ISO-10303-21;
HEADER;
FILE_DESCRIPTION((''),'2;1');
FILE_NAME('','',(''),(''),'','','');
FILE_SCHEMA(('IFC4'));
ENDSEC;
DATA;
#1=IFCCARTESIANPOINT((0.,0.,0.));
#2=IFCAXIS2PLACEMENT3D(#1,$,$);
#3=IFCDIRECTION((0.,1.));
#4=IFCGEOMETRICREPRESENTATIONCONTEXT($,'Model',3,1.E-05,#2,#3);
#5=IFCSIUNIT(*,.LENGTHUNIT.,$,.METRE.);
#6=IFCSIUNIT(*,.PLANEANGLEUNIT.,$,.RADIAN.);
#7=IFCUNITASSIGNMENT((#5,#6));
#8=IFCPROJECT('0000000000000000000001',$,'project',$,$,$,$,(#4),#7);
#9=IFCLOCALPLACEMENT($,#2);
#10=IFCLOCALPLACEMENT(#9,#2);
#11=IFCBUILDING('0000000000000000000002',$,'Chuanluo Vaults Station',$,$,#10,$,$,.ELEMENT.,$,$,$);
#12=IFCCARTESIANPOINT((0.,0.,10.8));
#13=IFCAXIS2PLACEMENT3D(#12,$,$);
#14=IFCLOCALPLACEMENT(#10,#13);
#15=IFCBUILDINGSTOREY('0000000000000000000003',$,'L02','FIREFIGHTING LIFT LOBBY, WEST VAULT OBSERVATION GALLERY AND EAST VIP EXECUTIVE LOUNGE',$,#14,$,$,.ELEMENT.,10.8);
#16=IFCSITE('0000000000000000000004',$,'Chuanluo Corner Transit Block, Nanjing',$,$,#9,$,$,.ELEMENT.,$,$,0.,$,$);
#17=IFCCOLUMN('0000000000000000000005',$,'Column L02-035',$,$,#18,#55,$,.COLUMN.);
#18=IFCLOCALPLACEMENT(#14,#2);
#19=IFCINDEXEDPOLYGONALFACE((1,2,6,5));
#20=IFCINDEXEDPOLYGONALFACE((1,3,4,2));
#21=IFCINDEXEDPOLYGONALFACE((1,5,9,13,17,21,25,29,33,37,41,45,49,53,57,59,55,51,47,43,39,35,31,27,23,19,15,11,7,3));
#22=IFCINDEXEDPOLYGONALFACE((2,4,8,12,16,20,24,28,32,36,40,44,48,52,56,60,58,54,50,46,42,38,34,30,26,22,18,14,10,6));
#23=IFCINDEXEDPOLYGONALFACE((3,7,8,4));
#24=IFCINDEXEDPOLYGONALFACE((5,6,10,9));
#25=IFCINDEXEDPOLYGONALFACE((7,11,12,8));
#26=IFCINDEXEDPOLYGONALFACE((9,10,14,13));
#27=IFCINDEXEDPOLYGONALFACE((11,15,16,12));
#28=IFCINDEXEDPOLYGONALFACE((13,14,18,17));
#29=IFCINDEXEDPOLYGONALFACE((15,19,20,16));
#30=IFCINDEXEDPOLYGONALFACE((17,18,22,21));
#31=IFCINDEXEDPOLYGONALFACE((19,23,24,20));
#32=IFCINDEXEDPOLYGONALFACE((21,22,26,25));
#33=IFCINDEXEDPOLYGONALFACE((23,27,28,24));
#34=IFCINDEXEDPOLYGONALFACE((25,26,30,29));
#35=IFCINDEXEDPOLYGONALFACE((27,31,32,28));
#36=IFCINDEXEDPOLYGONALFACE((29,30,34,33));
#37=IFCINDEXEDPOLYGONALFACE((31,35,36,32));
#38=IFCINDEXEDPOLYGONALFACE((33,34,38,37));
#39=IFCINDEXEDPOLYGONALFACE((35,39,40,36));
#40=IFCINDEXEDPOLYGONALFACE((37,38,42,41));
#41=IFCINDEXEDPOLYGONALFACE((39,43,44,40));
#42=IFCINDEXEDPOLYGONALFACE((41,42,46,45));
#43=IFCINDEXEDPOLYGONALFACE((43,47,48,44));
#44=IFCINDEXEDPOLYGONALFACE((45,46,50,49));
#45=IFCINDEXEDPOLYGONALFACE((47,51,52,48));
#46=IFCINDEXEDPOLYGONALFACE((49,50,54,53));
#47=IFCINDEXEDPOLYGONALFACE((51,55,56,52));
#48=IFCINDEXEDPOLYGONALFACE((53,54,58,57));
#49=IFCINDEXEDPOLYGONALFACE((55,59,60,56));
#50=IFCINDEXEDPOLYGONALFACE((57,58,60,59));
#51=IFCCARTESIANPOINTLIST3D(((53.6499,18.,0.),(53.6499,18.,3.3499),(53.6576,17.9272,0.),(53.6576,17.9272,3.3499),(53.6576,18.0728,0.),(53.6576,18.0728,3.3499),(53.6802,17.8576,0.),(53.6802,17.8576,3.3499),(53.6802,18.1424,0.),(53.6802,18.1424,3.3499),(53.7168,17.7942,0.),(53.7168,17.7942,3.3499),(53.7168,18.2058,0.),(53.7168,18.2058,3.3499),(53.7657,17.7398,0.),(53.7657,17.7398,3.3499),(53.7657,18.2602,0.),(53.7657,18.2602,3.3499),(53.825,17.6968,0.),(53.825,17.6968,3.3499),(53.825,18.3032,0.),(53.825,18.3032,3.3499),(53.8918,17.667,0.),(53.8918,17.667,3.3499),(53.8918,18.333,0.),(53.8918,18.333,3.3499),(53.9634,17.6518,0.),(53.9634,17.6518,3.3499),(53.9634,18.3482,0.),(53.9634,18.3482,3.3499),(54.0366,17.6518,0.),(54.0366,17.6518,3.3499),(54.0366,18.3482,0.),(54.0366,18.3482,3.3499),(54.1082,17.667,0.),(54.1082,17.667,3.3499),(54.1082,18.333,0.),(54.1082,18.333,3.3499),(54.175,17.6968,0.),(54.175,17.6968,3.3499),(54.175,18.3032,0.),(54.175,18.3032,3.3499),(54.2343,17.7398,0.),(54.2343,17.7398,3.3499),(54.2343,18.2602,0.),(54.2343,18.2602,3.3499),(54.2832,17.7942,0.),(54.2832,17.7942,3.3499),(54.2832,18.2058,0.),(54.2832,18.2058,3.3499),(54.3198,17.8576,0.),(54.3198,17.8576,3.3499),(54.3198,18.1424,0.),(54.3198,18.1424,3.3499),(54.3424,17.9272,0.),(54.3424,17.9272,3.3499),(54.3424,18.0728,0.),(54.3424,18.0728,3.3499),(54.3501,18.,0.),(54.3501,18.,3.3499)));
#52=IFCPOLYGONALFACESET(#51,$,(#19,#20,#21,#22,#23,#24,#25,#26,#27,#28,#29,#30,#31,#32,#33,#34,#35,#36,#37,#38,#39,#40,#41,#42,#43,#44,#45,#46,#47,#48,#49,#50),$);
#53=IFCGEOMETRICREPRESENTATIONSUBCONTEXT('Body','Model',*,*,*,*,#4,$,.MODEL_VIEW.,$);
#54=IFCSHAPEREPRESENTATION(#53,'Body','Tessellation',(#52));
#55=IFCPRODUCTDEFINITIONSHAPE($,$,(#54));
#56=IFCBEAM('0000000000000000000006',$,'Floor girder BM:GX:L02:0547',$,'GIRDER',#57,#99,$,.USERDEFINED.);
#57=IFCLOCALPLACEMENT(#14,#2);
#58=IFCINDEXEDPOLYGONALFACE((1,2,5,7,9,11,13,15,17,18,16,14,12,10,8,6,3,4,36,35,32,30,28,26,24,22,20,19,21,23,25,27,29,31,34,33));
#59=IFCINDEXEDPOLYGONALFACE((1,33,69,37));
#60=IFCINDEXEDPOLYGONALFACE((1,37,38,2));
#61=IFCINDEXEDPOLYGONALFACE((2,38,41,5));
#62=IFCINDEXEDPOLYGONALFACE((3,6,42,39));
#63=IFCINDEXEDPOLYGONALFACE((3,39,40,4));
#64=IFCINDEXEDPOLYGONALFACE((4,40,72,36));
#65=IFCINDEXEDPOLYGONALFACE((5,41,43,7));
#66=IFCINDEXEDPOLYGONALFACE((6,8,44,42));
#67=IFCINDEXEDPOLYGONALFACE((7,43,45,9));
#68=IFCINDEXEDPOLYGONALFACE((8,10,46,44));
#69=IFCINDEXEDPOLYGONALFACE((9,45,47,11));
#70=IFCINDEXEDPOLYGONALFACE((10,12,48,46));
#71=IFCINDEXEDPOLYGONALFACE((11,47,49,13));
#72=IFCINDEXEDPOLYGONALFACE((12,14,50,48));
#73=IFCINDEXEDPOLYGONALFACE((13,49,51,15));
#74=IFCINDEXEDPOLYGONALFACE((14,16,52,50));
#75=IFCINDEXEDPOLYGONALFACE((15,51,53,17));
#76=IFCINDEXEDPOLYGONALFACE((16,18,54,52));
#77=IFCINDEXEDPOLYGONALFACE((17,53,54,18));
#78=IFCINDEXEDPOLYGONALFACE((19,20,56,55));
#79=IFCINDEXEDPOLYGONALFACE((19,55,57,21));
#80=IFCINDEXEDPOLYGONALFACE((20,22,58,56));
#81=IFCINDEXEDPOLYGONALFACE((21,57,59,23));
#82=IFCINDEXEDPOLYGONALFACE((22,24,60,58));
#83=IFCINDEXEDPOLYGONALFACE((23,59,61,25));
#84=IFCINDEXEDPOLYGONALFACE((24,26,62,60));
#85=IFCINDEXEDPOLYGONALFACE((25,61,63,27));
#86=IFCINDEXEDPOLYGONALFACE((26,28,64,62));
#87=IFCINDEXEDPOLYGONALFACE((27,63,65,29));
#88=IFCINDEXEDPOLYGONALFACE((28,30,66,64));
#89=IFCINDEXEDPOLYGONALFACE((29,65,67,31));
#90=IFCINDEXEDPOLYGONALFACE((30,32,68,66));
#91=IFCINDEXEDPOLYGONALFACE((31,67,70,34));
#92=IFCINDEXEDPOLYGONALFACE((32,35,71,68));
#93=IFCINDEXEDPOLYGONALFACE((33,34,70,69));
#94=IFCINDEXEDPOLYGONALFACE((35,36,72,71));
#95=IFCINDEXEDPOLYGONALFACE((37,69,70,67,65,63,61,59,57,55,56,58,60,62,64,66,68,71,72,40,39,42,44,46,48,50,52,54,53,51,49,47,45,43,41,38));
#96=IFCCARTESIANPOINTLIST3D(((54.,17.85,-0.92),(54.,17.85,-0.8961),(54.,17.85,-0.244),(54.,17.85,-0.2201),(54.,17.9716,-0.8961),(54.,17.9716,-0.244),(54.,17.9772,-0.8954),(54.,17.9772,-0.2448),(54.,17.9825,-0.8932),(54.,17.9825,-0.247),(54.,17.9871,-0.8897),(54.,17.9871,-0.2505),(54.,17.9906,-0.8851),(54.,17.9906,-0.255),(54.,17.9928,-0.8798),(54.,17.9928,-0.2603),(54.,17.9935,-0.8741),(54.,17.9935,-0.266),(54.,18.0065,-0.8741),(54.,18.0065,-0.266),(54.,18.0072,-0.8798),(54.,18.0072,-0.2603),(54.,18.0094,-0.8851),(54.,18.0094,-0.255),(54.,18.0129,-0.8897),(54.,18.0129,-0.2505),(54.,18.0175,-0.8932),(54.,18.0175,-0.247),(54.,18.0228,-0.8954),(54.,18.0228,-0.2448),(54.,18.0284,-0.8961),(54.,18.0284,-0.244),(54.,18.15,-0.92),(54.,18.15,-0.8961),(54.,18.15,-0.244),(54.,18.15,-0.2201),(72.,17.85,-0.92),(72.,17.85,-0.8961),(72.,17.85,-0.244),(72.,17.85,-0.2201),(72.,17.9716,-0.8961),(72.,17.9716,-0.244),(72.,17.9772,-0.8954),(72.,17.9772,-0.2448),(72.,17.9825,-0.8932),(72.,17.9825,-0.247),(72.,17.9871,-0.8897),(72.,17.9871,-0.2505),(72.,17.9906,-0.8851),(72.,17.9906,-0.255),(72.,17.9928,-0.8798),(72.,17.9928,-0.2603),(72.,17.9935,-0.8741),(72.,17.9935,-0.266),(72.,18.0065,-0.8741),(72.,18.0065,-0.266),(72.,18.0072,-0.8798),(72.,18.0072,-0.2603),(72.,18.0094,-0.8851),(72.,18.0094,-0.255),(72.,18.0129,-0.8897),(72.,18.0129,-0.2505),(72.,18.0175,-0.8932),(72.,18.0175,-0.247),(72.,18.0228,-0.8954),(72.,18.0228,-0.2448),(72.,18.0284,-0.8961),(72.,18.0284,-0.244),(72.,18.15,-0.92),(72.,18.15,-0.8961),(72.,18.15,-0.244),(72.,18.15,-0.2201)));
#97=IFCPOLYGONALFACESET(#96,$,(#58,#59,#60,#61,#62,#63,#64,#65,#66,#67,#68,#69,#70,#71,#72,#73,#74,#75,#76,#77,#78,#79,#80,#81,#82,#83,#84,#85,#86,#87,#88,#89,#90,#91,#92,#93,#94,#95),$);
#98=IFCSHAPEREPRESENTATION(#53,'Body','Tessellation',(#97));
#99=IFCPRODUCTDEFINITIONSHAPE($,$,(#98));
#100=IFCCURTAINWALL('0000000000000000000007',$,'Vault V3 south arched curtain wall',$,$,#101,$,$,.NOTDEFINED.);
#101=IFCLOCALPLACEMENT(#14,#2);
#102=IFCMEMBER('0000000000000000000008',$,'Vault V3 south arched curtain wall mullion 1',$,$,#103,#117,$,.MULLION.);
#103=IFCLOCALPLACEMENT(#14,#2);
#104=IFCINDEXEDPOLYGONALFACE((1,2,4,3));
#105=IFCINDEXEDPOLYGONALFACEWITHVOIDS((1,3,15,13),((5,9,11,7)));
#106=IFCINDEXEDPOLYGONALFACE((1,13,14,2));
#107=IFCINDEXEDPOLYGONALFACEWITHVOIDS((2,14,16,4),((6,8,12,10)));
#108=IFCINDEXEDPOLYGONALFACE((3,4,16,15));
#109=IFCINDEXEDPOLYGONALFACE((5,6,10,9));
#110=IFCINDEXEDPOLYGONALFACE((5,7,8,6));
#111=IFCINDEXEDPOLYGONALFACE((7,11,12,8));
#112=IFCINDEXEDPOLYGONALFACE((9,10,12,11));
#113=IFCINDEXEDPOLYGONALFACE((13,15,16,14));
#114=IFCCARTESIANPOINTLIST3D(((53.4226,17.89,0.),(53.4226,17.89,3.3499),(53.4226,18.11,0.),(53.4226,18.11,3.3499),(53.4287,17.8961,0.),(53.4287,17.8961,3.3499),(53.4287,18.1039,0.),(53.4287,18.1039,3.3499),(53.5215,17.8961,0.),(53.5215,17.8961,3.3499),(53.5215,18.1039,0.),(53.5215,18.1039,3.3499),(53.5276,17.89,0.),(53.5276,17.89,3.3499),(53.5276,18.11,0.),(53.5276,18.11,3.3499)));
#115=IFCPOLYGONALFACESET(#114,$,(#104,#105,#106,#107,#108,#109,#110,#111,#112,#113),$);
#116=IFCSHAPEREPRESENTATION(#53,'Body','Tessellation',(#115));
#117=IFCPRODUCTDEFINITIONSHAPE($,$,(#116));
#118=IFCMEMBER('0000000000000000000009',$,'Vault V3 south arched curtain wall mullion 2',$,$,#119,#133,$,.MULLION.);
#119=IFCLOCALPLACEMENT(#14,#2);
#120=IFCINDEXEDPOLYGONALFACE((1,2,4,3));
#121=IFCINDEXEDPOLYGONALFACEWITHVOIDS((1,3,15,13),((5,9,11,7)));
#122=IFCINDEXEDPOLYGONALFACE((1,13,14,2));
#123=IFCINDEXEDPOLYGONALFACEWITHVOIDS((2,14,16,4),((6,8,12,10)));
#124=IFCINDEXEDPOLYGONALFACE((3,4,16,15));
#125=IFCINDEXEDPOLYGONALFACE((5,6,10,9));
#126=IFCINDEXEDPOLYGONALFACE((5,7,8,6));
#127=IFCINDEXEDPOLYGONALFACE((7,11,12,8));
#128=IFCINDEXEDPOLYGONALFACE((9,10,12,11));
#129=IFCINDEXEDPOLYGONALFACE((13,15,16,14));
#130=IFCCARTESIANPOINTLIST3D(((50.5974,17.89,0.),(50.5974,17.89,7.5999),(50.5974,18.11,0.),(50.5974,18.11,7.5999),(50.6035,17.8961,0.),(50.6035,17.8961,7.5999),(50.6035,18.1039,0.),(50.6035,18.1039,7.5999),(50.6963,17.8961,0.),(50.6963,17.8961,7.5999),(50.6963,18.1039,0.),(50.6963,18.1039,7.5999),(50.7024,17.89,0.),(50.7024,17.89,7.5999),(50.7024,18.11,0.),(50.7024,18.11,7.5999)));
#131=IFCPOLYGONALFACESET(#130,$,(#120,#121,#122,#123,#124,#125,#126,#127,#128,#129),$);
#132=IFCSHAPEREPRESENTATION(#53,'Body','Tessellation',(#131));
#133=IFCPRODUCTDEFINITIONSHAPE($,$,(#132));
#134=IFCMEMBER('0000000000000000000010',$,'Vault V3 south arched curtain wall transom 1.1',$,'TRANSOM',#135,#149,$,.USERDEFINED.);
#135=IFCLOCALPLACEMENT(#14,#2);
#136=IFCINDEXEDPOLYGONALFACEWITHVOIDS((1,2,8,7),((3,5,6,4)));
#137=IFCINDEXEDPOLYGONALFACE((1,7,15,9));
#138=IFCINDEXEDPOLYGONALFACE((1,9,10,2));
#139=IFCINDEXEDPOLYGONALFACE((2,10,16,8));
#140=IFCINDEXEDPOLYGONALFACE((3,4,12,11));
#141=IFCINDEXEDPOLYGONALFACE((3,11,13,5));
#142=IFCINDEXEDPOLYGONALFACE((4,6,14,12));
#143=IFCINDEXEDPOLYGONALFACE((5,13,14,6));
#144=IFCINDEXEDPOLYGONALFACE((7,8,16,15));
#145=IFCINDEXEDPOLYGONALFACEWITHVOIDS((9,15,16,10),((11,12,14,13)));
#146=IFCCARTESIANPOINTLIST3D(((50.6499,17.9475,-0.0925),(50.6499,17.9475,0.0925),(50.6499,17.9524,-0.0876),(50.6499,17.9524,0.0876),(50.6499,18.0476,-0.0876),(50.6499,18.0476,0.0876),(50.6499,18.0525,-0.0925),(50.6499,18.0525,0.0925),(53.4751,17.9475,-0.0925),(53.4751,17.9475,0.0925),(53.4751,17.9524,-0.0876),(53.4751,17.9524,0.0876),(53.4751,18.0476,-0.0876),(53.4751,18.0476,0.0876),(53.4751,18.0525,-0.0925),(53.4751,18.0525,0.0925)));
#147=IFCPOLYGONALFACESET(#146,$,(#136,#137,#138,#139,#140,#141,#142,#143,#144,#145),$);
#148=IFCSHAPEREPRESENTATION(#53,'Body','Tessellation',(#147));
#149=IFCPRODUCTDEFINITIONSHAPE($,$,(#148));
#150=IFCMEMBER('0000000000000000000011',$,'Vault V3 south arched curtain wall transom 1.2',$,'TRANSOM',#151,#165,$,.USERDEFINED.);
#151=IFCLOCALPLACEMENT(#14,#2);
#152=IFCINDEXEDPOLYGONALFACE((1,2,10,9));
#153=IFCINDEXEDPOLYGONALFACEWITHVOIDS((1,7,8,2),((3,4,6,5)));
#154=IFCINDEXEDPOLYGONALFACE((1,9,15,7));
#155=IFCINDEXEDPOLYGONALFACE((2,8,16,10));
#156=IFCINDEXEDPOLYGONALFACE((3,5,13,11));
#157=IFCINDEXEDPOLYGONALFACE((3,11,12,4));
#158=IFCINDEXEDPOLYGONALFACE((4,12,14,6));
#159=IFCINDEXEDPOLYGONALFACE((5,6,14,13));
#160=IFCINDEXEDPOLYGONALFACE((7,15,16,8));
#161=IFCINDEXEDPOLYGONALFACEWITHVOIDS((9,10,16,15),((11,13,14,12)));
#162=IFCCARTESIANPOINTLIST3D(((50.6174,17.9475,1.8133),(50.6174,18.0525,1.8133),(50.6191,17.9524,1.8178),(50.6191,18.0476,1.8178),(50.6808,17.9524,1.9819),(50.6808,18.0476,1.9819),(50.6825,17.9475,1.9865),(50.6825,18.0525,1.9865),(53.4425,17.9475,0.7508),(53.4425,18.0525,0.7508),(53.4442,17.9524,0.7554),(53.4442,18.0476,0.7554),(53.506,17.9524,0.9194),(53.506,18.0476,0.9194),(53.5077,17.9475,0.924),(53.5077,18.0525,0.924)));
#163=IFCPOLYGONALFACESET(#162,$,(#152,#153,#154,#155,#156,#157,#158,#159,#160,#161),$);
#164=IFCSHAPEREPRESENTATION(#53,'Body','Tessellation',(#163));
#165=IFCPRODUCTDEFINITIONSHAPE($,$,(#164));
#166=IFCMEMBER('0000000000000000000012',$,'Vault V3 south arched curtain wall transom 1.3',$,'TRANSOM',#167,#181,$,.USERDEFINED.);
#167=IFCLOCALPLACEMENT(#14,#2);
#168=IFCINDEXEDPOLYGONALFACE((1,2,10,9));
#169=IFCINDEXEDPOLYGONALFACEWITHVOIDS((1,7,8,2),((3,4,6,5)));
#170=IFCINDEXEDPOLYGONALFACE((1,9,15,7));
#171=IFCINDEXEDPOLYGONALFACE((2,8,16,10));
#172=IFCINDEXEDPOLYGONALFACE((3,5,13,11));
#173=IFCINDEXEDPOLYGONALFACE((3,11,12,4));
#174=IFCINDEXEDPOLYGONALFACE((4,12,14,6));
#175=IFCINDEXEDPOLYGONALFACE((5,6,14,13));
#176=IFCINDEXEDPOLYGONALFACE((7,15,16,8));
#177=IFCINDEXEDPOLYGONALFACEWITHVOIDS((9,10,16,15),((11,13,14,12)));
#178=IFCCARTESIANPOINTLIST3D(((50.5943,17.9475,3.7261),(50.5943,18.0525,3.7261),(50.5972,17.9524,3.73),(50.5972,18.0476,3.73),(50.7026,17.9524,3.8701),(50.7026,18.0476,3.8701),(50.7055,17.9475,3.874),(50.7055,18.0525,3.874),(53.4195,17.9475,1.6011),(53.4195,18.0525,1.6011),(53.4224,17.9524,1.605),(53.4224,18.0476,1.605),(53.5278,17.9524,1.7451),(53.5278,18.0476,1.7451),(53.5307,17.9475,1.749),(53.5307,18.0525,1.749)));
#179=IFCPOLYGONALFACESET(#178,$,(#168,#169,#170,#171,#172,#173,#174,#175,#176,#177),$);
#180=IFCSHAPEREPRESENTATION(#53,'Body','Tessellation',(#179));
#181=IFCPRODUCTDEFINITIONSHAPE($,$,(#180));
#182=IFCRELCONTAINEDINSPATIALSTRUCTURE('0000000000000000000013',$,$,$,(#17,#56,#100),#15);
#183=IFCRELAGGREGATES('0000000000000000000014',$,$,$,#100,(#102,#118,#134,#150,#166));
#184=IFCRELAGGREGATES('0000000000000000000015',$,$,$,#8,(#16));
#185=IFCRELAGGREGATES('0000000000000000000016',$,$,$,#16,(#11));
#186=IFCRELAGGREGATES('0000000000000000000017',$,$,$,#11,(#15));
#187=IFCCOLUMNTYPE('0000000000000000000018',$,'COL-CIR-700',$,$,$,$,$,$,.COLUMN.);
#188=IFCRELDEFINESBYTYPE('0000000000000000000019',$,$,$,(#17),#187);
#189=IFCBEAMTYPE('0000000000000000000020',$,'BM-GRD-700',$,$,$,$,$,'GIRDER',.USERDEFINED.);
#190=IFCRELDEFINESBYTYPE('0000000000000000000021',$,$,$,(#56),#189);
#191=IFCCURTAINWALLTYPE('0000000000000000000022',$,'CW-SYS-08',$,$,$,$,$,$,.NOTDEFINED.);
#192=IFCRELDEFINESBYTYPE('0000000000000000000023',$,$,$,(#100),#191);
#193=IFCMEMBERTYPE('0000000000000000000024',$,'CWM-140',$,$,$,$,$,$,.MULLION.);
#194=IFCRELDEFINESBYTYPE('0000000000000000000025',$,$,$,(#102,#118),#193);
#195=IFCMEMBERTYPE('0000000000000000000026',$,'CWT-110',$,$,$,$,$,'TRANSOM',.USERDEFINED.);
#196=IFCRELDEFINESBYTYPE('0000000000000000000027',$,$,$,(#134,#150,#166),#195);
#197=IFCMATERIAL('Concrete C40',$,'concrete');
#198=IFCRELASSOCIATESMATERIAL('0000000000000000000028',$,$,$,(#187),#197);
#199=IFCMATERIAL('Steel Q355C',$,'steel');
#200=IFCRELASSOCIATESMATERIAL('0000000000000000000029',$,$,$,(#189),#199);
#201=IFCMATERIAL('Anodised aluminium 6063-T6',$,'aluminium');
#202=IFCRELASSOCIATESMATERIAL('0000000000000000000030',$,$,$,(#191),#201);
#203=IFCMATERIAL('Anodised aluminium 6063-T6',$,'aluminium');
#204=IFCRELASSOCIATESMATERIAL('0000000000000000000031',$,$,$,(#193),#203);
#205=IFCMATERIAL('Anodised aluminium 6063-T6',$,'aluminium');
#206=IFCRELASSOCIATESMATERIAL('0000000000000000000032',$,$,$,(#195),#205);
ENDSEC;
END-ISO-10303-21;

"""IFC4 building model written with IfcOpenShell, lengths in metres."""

from ifc_helpers import new_model, si_unit, direction, frame, origin, origin_2d, place, context, subcontext, project, spatial, hollow_rectangle, circle, i_section, extrude, material, material_profile, profile_set, type_object, element, aggregate, save


model = new_model("IFC4")

# Units and contexts
model_context = context("Model", 3, precision=1e-05, world=origin(), true_north=direction((0.0, 1.0)))
body_context = subcontext(model_context, "Body", "Model", "MODEL_VIEW")
ifc_project = project(units=[si_unit("LENGTHUNIT", "METRE"), si_unit("PLANEANGLEUNIT", "RADIAN")], contexts=[model_context])

# Site, building, storey
site_placement = place(None, origin())
site = spatial("IfcSite", under=ifc_project, at=site_placement, Name="Chuanluo Corner Transit Block, Nanjing", CompositionType="ELEMENT", RefElevation=0.0)
building_placement = place(site_placement, origin())
building = spatial("IfcBuilding", under=site, at=building_placement, Name="Chuanluo Vaults Station", CompositionType="ELEMENT")
storey_placement = place(building_placement, frame((0.0, 0.0, 10.8)))
storey = spatial("IfcBuildingStorey", under=building, at=storey_placement, Name="L02", Description="FIREFIGHTING LIFT LOBBY, WEST VAULT OBSERVATION GALLERY AND EAST VIP EXECUTIVE LOUNGE", CompositionType="ELEMENT", Elevation=10.8)

# Column
ifc_material_1 = material(Name="Concrete C40", Category="concrete")
ifc_material_profile_1 = material_profile(ifc_material_1, circle(Radius=0.3501, at=origin_2d()))
ifc_profile_set_1 = profile_set([ifc_material_profile_1], Name="Concrete C40")
column_type = type_object("IfcColumnType", Name="COL-CIR-700", PredefinedType="COLUMN", material=ifc_profile_set_1)
column_placement = place(storey_placement, frame((54.0, 18.0, 0.0), z_axis=(0.0, 0.0, 1.0), x_axis=(1.0, 0.0, 0.0)))
element("IfcColumn", 1, at=column_placement, inside=storey, type_object=column_type, Name="Column L02-035", PredefinedType="COLUMN", context=body_context, shape_type="SweptSolid", body=[
    extrude(circle(Radius=0.3501, at=origin_2d()), origin(), (0.0, 0.0, 1.0), 3.3499),
])

# Beam
ifc_material_2 = material(Name="Steel Q355C", Category="steel")
ifc_material_profile_2 = material_profile(ifc_material_2, i_section(OverallWidth=0.3, OverallDepth=0.7, WebThickness=0.0129, FlangeThickness=0.0239, FilletRadius=0.022, at=origin_2d()))
ifc_profile_set_2 = profile_set([ifc_material_profile_2], Name="Steel Q355C")
beam_type = type_object("IfcBeamType", Name="BM-GRD-700", ElementType="GIRDER", PredefinedType="USERDEFINED", material=ifc_profile_set_2)
beam_placement = place(storey_placement, frame((54.0, 18.0, -0.5701), z_axis=(1.0, 0.0, 0.0), x_axis=(0.0, 1.0, 0.0)))
element("IfcBeam", 2, at=beam_placement, inside=storey, type_object=beam_type, Name="Floor girder BM:GX:L02:0547", ObjectType="GIRDER", PredefinedType="USERDEFINED", context=body_context, shape_type="SweptSolid", body=[
    extrude(i_section(OverallWidth=0.3, OverallDepth=0.7, WebThickness=0.0129, FlangeThickness=0.0239, FilletRadius=0.022, at=origin_2d()), origin(), (0.0, 0.0, 1.0), 18.0),
])

# Curtain wall, members
ifc_material_3 = material(Name="Anodised aluminium 6063-T6", Category="aluminium")
curtain_wall_type = type_object("IfcCurtainWallType", Name="CW-SYS-08", PredefinedType="NOTDEFINED", material=ifc_material_3)
curtain_wall_placement = place(storey_placement, origin())
curtain_wall = element("IfcCurtainWall", 3, at=curtain_wall_placement, inside=storey, type_object=curtain_wall_type, Name="Vault V3 south arched curtain wall", PredefinedType="NOTDEFINED")
ifc_material_4 = material(Name="Anodised aluminium 6063-T6", Category="aluminium")
ifc_material_profile_3 = material_profile(ifc_material_4, hollow_rectangle(XDim=0.105, YDim=0.22, WallThickness=0.0061, at=origin_2d()))
ifc_profile_set_3 = profile_set([ifc_material_profile_3], Name="Anodised aluminium 6063-T6")
member_type_1 = type_object("IfcMemberType", Name="CWM-140", PredefinedType="MULLION", material=ifc_profile_set_3)
member_1_placement = place(storey_placement, frame((53.4751, 18.0, 0.0), z_axis=(0.0, 0.0, 1.0), x_axis=(-1.0, 0.0, 0.0)))
member_1 = element("IfcMember", 4, at=member_1_placement, type_object=member_type_1, Name="Vault V3 south arched curtain wall mullion 1", PredefinedType="MULLION", context=body_context, shape_type="SweptSolid", body=[
    extrude(hollow_rectangle(XDim=0.105, YDim=0.22, WallThickness=0.0061, at=origin_2d()), origin(), (0.0, 0.0, 1.0), 3.3499),
])
member_2_placement = place(storey_placement, frame((50.6499, 18.0, 0.0), z_axis=(0.0, 0.0, 1.0), x_axis=(-1.0, 0.0, 0.0)))
member_2 = element("IfcMember", 5, at=member_2_placement, type_object=member_type_1, Name="Vault V3 south arched curtain wall mullion 2", PredefinedType="MULLION", context=body_context, shape_type="SweptSolid", body=[
    extrude(hollow_rectangle(XDim=0.105, YDim=0.22, WallThickness=0.0061, at=origin_2d()), origin(), (0.0, 0.0, 1.0), 7.5999),
])
ifc_material_5 = material(Name="Anodised aluminium 6063-T6", Category="aluminium")
ifc_material_profile_4 = material_profile(ifc_material_5, hollow_rectangle(XDim=0.105, YDim=0.1851, WallThickness=0.0049, at=origin_2d()))
ifc_profile_set_4 = profile_set([ifc_material_profile_4], Name="Anodised aluminium 6063-T6")
member_type_2 = type_object("IfcMemberType", Name="CWT-110", ElementType="TRANSOM", PredefinedType="USERDEFINED", material=ifc_profile_set_4)
member_3_placement = place(storey_placement, frame((53.4751, 18.0, 0.0), z_axis=(-1.0, 0.0, 0.0), x_axis=(0.0, -1.0, 0.0)))
member_3 = element("IfcMember", 6, at=member_3_placement, type_object=member_type_2, Name="Vault V3 south arched curtain wall transom 1.1", ObjectType="TRANSOM", PredefinedType="USERDEFINED", context=body_context, shape_type="SweptSolid", body=[
    extrude(hollow_rectangle(XDim=0.105, YDim=0.1851, WallThickness=0.0049, at=origin_2d()), origin(), (0.0, 0.0, 1.0), 2.8252),
])
member_4_placement = place(storey_placement, frame((53.4751, 18.0, 0.8374), z_axis=(-0.935996, 0.0, 0.35201), x_axis=(0.0, -1.0, 0.0)))
member_4 = element("IfcMember", 7, at=member_4_placement, type_object=member_type_2, Name="Vault V3 south arched curtain wall transom 1.2", ObjectType="TRANSOM", PredefinedType="USERDEFINED", context=body_context, shape_type="SweptSolid", body=[
    extrude(hollow_rectangle(XDim=0.105, YDim=0.1851, WallThickness=0.0049, at=origin_2d()), origin(), (0.0, 0.0, 1.0), 3.0183),
])
member_5_placement = place(storey_placement, frame((53.4751, 18.0, 1.675), z_axis=(-0.799171, 0.0, 0.601104), x_axis=(0.0, -1.0, 0.0)))
member_5 = element("IfcMember", 8, at=member_5_placement, type_object=member_type_2, Name="Vault V3 south arched curtain wall transom 1.3", ObjectType="TRANSOM", PredefinedType="USERDEFINED", context=body_context, shape_type="SweptSolid", body=[
    extrude(hollow_rectangle(XDim=0.105, YDim=0.1851, WallThickness=0.0049, at=origin_2d()), origin(), (0.0, 0.0, 1.0), 3.5352),
])
aggregate(curtain_wall, [member_1, member_2, member_3, member_4, member_5])

save(model, "model.ifc")
